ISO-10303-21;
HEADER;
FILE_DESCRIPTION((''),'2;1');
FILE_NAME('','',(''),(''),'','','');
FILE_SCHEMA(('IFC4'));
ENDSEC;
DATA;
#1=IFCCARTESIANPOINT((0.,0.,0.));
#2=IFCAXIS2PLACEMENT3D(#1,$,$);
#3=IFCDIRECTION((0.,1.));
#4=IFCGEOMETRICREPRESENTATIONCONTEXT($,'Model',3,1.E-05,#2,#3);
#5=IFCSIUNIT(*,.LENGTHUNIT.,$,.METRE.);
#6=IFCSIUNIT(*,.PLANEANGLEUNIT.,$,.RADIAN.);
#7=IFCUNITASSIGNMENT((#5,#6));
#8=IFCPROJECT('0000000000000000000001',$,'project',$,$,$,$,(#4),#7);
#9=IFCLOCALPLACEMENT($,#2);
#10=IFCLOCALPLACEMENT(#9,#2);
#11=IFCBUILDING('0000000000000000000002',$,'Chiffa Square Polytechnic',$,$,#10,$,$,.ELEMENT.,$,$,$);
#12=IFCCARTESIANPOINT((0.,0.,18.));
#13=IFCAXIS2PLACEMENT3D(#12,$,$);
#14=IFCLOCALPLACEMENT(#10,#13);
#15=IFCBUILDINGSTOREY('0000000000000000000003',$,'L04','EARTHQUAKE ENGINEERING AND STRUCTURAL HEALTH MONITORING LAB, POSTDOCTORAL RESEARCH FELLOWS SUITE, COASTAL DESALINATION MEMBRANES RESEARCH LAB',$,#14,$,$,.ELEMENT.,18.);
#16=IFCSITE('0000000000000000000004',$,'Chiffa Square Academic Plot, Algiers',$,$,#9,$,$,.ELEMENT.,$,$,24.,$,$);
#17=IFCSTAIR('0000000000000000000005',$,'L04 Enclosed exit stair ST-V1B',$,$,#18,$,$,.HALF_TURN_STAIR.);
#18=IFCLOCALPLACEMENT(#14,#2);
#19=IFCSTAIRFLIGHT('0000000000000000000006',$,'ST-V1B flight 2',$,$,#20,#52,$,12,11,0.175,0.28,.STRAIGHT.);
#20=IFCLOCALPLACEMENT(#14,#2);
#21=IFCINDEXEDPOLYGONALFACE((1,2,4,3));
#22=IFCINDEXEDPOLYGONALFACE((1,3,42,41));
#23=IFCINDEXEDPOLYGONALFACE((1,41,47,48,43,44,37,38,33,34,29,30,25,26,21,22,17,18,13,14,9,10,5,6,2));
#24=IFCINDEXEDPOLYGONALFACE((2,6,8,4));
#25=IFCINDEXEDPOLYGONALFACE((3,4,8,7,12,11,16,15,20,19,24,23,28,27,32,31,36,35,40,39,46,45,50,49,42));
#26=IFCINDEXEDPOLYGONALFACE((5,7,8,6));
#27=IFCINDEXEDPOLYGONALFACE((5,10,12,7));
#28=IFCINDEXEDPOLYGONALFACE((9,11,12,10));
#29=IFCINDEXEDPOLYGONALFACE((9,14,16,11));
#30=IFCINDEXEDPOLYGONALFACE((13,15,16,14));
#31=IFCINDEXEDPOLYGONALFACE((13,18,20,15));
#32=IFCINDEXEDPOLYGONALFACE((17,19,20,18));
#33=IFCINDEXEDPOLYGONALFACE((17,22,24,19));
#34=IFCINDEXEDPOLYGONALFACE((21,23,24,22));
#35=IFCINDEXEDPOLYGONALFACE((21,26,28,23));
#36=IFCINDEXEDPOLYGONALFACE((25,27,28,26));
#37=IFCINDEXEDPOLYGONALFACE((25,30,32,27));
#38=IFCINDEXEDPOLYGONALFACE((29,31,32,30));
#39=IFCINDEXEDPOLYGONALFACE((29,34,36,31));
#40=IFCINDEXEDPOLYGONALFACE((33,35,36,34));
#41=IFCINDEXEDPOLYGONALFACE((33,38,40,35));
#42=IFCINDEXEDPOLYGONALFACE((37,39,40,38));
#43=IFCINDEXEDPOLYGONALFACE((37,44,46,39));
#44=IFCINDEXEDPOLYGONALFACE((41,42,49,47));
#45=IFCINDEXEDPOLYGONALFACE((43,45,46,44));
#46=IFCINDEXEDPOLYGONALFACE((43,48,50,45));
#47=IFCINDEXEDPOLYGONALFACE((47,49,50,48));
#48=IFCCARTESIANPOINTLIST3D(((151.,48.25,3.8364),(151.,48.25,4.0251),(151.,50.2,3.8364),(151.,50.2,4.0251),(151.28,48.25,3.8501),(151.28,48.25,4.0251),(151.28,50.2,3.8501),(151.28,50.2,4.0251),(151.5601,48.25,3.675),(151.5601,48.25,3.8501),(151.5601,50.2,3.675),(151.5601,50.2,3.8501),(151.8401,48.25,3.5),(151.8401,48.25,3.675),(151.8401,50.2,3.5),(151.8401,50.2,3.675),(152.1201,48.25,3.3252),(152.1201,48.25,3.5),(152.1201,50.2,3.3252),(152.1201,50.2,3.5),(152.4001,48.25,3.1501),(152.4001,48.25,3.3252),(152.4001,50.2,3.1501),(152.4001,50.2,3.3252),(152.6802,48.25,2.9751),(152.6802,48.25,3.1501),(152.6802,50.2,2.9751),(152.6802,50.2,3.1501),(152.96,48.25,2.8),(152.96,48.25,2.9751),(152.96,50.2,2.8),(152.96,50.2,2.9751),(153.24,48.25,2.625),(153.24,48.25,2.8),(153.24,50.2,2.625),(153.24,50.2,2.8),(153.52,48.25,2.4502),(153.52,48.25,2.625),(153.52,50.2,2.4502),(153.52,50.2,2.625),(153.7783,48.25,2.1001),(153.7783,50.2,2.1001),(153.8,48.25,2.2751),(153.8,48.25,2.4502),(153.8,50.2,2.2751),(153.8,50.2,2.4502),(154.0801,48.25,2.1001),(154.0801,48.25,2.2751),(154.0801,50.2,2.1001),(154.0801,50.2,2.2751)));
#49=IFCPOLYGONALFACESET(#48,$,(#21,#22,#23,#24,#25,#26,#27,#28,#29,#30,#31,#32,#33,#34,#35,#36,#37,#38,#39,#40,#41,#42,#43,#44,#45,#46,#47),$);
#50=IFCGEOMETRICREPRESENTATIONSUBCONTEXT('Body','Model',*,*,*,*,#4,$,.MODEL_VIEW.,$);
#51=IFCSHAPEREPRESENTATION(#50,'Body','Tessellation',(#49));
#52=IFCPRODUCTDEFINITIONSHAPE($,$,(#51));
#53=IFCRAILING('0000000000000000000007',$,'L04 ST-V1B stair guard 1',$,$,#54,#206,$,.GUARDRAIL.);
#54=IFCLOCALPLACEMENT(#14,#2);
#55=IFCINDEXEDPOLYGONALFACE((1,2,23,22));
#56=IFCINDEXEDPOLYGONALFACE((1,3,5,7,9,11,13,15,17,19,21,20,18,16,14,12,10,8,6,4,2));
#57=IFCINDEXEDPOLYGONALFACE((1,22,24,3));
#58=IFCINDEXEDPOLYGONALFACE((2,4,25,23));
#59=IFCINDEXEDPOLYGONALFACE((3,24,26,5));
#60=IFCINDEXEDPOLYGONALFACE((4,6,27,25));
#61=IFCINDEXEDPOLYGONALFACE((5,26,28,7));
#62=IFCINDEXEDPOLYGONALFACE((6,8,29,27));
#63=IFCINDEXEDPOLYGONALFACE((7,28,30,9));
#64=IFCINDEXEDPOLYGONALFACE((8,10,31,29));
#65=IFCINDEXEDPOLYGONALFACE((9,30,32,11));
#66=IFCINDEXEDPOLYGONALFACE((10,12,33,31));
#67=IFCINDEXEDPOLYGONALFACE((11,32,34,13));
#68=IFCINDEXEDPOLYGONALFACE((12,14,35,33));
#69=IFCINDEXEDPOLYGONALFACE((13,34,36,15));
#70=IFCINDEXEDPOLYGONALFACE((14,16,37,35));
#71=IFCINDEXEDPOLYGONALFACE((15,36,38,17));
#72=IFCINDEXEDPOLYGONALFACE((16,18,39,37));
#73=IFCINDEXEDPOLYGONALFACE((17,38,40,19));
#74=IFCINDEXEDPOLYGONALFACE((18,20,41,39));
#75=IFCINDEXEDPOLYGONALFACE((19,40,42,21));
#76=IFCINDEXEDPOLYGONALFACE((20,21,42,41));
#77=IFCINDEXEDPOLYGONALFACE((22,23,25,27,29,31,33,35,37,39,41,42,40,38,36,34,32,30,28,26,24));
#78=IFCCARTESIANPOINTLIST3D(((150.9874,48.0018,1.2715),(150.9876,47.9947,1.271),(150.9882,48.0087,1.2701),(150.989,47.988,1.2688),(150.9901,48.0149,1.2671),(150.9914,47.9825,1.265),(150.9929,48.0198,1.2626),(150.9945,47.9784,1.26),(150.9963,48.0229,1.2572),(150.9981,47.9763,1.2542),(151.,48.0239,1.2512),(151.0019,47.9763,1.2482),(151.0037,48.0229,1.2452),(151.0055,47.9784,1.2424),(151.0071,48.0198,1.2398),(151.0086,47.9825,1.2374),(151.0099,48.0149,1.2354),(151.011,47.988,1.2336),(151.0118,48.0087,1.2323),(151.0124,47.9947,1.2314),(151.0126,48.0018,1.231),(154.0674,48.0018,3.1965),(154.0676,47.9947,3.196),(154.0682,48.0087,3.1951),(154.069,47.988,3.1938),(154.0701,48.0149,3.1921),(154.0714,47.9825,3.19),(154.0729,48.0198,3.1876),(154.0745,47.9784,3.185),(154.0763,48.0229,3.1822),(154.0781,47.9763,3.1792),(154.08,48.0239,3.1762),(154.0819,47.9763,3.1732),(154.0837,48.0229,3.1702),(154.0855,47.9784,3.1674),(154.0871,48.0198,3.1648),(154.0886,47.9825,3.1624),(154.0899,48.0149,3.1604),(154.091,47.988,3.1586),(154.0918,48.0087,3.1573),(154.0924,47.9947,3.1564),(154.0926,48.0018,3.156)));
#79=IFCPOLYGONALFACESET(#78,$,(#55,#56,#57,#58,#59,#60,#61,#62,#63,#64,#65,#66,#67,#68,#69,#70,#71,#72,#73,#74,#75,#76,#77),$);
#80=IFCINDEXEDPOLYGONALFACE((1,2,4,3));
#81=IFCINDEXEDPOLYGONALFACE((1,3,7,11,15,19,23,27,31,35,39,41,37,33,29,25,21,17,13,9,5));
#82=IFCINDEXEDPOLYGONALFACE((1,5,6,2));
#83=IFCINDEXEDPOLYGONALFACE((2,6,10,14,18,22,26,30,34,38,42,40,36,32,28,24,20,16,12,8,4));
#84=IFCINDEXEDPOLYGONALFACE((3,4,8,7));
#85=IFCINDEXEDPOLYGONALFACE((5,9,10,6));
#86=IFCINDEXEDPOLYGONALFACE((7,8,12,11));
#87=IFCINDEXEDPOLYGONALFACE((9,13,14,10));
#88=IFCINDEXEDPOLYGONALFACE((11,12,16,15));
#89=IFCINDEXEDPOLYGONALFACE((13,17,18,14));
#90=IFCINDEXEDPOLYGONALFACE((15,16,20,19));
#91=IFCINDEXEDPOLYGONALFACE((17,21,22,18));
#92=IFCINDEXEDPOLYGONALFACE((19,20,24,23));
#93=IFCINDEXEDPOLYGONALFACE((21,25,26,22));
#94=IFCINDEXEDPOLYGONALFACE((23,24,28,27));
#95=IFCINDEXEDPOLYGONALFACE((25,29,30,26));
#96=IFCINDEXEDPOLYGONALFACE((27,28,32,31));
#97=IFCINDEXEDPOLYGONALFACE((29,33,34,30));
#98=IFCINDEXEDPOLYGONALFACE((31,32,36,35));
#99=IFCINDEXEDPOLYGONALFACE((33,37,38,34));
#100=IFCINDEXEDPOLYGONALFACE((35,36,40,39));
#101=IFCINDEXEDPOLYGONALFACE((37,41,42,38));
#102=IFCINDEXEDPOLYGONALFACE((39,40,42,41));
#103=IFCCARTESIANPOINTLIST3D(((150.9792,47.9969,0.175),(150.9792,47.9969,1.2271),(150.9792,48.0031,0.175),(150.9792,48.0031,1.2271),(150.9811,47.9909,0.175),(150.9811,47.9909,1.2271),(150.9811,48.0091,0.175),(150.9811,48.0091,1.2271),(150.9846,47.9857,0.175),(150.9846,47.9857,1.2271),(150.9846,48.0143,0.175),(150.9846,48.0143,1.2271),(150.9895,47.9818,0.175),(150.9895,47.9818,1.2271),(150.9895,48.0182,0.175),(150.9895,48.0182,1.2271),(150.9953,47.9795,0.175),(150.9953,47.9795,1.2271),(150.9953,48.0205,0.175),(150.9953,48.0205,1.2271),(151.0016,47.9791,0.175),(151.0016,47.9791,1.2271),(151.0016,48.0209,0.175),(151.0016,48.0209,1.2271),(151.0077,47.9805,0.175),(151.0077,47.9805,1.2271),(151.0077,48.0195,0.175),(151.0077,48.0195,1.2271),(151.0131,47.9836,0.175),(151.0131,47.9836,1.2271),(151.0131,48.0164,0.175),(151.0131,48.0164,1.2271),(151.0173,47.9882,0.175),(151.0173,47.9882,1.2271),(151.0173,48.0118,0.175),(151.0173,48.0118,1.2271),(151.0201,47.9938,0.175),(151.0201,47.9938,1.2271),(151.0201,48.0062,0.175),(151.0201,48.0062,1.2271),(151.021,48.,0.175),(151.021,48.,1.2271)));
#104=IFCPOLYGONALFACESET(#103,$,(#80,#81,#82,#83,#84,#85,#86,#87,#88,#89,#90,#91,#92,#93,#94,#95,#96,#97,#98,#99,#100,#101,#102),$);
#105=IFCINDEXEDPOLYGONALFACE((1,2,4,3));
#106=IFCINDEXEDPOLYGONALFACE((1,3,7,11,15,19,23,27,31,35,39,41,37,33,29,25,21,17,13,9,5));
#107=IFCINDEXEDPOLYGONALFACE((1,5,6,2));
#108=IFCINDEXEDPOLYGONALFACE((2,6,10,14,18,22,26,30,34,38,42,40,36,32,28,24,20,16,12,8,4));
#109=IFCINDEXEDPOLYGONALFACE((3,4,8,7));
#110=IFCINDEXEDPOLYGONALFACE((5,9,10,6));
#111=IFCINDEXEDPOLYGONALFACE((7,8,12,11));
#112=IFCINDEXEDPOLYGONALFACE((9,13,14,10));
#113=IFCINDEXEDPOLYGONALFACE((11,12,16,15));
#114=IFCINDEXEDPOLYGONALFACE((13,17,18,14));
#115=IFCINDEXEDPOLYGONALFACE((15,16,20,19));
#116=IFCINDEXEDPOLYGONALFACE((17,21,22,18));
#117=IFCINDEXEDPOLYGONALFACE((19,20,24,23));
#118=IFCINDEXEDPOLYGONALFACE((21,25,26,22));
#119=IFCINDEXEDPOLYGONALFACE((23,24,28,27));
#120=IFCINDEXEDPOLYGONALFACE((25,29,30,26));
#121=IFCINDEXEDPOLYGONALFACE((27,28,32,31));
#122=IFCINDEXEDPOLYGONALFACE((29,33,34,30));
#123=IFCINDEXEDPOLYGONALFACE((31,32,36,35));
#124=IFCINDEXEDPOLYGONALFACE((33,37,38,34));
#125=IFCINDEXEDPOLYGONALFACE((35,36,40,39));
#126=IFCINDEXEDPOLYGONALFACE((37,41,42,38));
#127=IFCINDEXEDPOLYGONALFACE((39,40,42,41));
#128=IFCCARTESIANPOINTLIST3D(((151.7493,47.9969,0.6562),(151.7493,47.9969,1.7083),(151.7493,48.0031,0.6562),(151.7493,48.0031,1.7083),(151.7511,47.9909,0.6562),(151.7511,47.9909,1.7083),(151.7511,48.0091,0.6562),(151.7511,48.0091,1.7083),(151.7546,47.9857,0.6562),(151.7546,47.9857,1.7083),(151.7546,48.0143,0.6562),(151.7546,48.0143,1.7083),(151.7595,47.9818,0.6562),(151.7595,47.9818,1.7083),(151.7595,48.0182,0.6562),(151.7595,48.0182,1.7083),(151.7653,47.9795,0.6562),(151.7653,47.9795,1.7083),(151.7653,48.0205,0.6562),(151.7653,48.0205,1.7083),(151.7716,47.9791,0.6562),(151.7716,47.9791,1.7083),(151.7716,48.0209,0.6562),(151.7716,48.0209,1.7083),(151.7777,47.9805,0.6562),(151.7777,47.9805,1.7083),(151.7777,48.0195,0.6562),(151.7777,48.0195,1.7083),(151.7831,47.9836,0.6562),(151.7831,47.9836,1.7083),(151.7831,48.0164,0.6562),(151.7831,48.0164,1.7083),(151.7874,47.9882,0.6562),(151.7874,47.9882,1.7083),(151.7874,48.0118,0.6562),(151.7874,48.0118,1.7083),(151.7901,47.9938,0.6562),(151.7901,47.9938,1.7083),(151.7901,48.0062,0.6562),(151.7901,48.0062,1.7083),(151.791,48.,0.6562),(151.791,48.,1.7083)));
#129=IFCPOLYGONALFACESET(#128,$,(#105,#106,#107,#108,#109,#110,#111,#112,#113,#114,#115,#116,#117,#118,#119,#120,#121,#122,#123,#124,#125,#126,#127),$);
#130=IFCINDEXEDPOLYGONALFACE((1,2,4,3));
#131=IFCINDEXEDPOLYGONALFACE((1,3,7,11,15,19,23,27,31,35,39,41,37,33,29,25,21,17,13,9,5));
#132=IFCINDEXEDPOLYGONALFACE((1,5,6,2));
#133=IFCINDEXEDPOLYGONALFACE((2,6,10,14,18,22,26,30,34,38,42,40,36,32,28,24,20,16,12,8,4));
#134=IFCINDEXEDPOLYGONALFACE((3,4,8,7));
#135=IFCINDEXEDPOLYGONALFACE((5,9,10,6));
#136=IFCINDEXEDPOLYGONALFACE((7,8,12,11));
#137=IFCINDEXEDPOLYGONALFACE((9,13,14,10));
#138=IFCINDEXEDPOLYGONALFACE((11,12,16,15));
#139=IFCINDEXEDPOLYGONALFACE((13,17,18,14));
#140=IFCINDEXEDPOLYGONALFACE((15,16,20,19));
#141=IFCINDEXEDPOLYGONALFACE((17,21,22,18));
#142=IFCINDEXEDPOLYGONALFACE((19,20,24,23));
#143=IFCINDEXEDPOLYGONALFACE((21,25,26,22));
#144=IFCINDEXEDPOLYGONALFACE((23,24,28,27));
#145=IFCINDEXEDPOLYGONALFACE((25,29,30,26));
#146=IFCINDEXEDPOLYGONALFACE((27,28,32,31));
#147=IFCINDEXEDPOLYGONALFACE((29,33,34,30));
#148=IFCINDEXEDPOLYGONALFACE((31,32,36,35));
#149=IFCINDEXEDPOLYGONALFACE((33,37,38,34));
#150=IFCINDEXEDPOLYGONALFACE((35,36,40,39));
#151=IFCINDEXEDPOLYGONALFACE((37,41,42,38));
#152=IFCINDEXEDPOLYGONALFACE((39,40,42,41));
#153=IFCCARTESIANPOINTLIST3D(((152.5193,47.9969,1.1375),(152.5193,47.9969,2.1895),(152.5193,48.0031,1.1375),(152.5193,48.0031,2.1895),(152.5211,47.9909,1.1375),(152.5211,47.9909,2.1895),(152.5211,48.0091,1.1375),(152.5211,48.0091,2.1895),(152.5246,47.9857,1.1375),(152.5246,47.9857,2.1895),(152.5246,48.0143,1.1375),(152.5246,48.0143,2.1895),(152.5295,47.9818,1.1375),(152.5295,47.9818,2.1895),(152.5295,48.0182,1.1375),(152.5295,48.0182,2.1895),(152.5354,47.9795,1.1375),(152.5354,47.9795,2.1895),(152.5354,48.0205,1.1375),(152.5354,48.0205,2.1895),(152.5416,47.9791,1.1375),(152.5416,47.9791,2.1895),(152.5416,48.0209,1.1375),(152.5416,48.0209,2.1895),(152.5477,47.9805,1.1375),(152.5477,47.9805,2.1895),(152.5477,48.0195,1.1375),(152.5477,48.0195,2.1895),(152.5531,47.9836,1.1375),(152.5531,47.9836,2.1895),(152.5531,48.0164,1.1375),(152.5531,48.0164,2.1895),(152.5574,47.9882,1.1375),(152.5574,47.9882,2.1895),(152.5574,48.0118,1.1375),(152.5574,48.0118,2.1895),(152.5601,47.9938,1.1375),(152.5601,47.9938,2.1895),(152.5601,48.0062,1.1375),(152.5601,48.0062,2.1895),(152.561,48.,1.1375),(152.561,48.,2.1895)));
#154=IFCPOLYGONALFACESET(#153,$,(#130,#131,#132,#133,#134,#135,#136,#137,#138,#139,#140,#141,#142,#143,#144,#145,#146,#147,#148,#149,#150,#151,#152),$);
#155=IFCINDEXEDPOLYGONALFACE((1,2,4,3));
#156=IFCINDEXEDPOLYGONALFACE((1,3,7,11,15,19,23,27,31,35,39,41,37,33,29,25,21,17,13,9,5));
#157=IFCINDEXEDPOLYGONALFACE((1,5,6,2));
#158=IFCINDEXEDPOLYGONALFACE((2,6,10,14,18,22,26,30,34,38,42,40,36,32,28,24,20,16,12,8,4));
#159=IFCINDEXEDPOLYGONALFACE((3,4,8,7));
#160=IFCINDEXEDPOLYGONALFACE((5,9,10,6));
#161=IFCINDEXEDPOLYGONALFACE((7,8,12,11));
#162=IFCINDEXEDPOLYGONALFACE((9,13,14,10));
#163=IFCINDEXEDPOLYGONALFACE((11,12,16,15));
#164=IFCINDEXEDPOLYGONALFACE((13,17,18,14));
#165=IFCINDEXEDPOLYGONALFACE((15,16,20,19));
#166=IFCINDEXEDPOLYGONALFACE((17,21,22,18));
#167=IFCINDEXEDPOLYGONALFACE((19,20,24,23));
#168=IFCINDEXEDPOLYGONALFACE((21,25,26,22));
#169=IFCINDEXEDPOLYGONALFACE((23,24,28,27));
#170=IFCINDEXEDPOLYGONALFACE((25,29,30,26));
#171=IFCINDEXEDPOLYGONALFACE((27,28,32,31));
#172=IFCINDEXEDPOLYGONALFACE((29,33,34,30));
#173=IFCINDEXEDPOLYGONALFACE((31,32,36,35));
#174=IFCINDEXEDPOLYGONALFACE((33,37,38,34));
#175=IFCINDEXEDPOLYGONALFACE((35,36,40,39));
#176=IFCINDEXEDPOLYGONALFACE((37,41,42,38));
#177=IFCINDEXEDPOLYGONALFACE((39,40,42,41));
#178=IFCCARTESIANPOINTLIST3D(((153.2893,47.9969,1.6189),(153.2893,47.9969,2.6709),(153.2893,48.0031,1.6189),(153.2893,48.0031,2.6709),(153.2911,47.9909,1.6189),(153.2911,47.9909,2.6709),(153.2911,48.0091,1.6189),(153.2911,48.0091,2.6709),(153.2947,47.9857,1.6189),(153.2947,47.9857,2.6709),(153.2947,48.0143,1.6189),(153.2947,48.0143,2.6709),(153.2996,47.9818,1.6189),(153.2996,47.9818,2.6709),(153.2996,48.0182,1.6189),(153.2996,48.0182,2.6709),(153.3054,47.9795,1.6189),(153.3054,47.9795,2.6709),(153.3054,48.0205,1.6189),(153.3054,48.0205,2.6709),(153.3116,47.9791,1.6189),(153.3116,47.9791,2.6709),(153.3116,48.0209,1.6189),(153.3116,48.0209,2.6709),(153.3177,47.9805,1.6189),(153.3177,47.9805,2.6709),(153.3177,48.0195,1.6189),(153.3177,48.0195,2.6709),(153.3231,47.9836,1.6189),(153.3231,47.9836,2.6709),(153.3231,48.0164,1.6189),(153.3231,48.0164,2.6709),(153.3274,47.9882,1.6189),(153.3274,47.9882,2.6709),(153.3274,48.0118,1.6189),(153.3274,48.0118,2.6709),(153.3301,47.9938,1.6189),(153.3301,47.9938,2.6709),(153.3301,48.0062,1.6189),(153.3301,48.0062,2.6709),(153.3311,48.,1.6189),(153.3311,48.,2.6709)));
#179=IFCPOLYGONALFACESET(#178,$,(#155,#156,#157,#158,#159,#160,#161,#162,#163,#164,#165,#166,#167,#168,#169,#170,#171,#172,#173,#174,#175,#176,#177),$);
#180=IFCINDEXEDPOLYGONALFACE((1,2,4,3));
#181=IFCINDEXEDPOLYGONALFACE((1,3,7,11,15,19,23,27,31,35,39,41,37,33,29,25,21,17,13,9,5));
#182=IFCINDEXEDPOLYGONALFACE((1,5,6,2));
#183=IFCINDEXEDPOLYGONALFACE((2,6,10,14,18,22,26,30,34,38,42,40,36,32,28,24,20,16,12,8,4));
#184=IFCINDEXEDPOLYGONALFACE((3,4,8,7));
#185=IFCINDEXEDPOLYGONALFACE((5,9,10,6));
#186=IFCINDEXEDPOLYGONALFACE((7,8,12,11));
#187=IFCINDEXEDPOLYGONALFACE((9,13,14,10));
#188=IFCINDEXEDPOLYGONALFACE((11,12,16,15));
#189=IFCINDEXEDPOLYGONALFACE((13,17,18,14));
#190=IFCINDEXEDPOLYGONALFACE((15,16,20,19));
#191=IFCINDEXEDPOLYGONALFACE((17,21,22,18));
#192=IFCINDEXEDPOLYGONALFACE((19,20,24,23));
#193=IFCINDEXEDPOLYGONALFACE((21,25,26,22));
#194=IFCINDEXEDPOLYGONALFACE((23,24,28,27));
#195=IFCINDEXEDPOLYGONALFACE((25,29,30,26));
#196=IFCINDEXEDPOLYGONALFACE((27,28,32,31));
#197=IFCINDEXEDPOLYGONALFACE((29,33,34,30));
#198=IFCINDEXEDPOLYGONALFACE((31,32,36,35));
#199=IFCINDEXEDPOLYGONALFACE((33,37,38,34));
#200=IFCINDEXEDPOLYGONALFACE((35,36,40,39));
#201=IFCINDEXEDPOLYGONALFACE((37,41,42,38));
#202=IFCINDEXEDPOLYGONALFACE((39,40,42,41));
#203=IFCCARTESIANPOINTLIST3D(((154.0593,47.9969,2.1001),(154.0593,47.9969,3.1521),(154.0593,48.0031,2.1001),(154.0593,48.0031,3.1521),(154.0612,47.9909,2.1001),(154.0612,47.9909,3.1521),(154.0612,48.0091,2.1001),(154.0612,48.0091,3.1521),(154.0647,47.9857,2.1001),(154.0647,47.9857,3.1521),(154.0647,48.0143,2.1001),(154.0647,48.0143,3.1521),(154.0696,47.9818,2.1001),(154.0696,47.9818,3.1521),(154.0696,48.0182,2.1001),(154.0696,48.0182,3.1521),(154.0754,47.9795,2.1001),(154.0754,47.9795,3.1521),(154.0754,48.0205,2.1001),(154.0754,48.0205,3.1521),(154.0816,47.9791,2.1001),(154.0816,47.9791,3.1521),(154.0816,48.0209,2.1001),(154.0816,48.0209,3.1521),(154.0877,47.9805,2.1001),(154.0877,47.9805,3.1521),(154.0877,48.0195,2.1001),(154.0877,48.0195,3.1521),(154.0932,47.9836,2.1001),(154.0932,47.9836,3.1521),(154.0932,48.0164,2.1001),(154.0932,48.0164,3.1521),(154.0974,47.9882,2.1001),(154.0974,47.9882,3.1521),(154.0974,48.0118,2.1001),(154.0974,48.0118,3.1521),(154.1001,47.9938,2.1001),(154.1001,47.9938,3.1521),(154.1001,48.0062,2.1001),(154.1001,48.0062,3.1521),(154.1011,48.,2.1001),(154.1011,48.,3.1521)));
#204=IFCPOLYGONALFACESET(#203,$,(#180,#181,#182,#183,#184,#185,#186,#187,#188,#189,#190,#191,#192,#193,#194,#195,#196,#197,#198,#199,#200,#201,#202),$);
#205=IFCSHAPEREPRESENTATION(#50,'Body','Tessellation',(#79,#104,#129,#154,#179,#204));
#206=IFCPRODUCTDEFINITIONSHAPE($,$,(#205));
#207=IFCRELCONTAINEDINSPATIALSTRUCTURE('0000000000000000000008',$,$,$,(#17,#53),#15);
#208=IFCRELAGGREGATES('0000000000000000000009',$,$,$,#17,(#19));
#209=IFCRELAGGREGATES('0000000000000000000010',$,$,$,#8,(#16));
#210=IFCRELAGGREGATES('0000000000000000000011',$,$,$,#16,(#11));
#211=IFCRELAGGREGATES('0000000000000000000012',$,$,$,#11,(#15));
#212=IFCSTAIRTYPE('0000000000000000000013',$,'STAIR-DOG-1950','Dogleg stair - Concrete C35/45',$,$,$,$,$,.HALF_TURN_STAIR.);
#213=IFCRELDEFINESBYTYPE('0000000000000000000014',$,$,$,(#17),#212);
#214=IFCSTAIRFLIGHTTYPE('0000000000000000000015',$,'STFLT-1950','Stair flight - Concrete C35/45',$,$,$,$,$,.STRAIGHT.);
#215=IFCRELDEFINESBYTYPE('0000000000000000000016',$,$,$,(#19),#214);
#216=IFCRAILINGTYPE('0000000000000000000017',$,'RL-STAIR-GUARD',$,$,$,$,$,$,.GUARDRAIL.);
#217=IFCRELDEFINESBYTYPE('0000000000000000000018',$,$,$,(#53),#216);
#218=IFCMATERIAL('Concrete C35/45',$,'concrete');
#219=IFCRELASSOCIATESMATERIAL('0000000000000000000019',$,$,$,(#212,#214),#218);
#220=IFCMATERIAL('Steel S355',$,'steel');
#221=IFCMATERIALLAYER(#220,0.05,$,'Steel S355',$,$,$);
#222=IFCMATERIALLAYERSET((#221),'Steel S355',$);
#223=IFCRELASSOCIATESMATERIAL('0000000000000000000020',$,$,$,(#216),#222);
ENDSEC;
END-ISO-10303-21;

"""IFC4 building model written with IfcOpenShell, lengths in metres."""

from ifc_helpers import new_model, si_unit, direction, frame, origin, origin_2d, place, context, subcontext, project, spatial, polyline, circle, outline, extrude, material, layer, layer_set, type_object, element, aggregate, save


model = new_model("IFC4")

# Units and contexts
model_context = context("Model", 3, precision=1e-05, world=origin(), true_north=direction((0.0, 1.0)))
body_context = subcontext(model_context, "Body", "Model", "MODEL_VIEW")
ifc_project = project(units=[si_unit("LENGTHUNIT", "METRE"), si_unit("PLANEANGLEUNIT", "RADIAN")], contexts=[model_context])

# Site, building, storey
site_placement = place(None, origin())
site = spatial("IfcSite", under=ifc_project, at=site_placement, Name="Chiffa Square Academic Plot, Algiers", CompositionType="ELEMENT", RefElevation=24.0)
building_placement = place(site_placement, origin())
building = spatial("IfcBuilding", under=site, at=building_placement, Name="Chiffa Square Polytechnic", CompositionType="ELEMENT")
storey_placement = place(building_placement, frame((0.0, 0.0, 18.0)))
storey = spatial("IfcBuildingStorey", under=building, at=storey_placement, Name="L04", Description="EARTHQUAKE ENGINEERING AND STRUCTURAL HEALTH MONITORING LAB, POSTDOCTORAL RESEARCH FELLOWS SUITE, COASTAL DESALINATION MEMBRANES RESEARCH LAB", CompositionType="ELEMENT", Elevation=18.0)

# Shared definitions
ifc_material_1 = material(Name="Concrete C35/45", Category="concrete")

# Stair, stair flight
stair_type = type_object("IfcStairType", Name="STAIR-DOG-1950", Description="Dogleg stair - Concrete C35/45", PredefinedType="HALF_TURN_STAIR", material=ifc_material_1)
stair_placement = place(storey_placement, origin())
stair = element("IfcStair", 1, at=stair_placement, inside=storey, type_object=stair_type, Name="L04 Enclosed exit stair ST-V1B", PredefinedType="HALF_TURN_STAIR")
stair_flight_type = type_object("IfcStairFlightType", Name="STFLT-1950", Description="Stair flight - Concrete C35/45", PredefinedType="STRAIGHT", material=ifc_material_1)
stair_flight_1_placement = place(storey_placement, frame((154.0801, 49.2251, 2.1001), z_axis=(0.0, 0.0, 1.0), x_axis=(-1.0, 0.0, 0.0)))
stair_flight_1 = element("IfcStairFlight", 2, at=stair_flight_1_placement, type_object=stair_flight_type, Name="ST-V1B flight 2", NumberOfRisers=12, NumberOfTreads=11, PredefinedType="STRAIGHT", RiserHeight=0.175, TreadLength=0.28, context=body_context, shape_type="SweptSolid", body=[
    extrude(outline(polyline([(0.0, 0.0), (0.0, 0.175), (0.28, 0.175), (0.28, 0.3501), (0.5601, 0.3501), (0.5601, 0.5249), (0.8401, 0.5249), (0.8401, 0.7), (1.1201, 0.7), (1.1201, 0.875), (1.3999, 0.875), (1.3999, 1.05), (1.6799, 1.05), (1.6799, 1.2251), (1.96, 1.2251), (1.96, 1.3999), (2.24, 1.3999), (2.24, 1.575), (2.52, 1.575), (2.52, 1.75), (2.8, 1.75), (2.8, 1.925), (3.0801, 1.925), (3.0801, 2.1001), (3.0801, 1.7363), (0.3018, 0.0), (0.0, 0.0)])), frame((0.0, 0.9751, 0.0), z_axis=(0.0, -1.0, 0.0), x_axis=(1.0, 0.0, 0.0)), (0.0, 0.0, 1.0), 1.95),
])
aggregate(stair, [stair_flight_1])

# Railing
ifc_material_2 = material(Name="Steel S355", Category="steel")
ifc_layer_1 = layer(ifc_material_2, 0.05, Name="Steel S355")
ifc_layer_set_1 = layer_set([ifc_layer_1], Name="Steel S355")
railing_type_1 = type_object("IfcRailingType", Name="RL-STAIR-GUARD", PredefinedType="GUARDRAIL", material=ifc_layer_set_1)
railing_1_placement = place(storey_placement, frame((151.0, 48.0, 0.175)))
element("IfcRailing", 3, at=railing_1_placement, inside=storey, type_object=railing_type_1, Name="L04 ST-V1B stair guard 1", PredefinedType="GUARDRAIL", context=body_context, shape_type="SweptSolid", body=[
    extrude(circle(Radius=0.0239, at=origin_2d()), frame((0.0, 0.0, 1.0762), z_axis=(0.847998, 0.0, 0.529999), x_axis=(0.0, 1.0, 0.0)), (0.0, 0.0, 1.0), 3.6321),
    extrude(circle(Radius=0.021, at=origin_2d()), origin(), (0.0, 0.0, 1.0), 1.052),
    extrude(circle(Radius=0.021, at=origin_2d()), frame((0.77, 0.0, 0.4812)), (0.0, 0.0, 1.0), 1.052),
    extrude(circle(Radius=0.021, at=origin_2d()), frame((1.54, 0.0, 0.9624)), (0.0, 0.0, 1.0), 1.052),
    extrude(circle(Radius=0.021, at=origin_2d()), frame((2.3101, 0.0, 1.4438)), (0.0, 0.0, 1.0), 1.052),
    extrude(circle(Radius=0.021, at=origin_2d()), frame((3.0801, 0.0, 1.925)), (0.0, 0.0, 1.0), 1.052),
])

save(model, "model.ifc")
